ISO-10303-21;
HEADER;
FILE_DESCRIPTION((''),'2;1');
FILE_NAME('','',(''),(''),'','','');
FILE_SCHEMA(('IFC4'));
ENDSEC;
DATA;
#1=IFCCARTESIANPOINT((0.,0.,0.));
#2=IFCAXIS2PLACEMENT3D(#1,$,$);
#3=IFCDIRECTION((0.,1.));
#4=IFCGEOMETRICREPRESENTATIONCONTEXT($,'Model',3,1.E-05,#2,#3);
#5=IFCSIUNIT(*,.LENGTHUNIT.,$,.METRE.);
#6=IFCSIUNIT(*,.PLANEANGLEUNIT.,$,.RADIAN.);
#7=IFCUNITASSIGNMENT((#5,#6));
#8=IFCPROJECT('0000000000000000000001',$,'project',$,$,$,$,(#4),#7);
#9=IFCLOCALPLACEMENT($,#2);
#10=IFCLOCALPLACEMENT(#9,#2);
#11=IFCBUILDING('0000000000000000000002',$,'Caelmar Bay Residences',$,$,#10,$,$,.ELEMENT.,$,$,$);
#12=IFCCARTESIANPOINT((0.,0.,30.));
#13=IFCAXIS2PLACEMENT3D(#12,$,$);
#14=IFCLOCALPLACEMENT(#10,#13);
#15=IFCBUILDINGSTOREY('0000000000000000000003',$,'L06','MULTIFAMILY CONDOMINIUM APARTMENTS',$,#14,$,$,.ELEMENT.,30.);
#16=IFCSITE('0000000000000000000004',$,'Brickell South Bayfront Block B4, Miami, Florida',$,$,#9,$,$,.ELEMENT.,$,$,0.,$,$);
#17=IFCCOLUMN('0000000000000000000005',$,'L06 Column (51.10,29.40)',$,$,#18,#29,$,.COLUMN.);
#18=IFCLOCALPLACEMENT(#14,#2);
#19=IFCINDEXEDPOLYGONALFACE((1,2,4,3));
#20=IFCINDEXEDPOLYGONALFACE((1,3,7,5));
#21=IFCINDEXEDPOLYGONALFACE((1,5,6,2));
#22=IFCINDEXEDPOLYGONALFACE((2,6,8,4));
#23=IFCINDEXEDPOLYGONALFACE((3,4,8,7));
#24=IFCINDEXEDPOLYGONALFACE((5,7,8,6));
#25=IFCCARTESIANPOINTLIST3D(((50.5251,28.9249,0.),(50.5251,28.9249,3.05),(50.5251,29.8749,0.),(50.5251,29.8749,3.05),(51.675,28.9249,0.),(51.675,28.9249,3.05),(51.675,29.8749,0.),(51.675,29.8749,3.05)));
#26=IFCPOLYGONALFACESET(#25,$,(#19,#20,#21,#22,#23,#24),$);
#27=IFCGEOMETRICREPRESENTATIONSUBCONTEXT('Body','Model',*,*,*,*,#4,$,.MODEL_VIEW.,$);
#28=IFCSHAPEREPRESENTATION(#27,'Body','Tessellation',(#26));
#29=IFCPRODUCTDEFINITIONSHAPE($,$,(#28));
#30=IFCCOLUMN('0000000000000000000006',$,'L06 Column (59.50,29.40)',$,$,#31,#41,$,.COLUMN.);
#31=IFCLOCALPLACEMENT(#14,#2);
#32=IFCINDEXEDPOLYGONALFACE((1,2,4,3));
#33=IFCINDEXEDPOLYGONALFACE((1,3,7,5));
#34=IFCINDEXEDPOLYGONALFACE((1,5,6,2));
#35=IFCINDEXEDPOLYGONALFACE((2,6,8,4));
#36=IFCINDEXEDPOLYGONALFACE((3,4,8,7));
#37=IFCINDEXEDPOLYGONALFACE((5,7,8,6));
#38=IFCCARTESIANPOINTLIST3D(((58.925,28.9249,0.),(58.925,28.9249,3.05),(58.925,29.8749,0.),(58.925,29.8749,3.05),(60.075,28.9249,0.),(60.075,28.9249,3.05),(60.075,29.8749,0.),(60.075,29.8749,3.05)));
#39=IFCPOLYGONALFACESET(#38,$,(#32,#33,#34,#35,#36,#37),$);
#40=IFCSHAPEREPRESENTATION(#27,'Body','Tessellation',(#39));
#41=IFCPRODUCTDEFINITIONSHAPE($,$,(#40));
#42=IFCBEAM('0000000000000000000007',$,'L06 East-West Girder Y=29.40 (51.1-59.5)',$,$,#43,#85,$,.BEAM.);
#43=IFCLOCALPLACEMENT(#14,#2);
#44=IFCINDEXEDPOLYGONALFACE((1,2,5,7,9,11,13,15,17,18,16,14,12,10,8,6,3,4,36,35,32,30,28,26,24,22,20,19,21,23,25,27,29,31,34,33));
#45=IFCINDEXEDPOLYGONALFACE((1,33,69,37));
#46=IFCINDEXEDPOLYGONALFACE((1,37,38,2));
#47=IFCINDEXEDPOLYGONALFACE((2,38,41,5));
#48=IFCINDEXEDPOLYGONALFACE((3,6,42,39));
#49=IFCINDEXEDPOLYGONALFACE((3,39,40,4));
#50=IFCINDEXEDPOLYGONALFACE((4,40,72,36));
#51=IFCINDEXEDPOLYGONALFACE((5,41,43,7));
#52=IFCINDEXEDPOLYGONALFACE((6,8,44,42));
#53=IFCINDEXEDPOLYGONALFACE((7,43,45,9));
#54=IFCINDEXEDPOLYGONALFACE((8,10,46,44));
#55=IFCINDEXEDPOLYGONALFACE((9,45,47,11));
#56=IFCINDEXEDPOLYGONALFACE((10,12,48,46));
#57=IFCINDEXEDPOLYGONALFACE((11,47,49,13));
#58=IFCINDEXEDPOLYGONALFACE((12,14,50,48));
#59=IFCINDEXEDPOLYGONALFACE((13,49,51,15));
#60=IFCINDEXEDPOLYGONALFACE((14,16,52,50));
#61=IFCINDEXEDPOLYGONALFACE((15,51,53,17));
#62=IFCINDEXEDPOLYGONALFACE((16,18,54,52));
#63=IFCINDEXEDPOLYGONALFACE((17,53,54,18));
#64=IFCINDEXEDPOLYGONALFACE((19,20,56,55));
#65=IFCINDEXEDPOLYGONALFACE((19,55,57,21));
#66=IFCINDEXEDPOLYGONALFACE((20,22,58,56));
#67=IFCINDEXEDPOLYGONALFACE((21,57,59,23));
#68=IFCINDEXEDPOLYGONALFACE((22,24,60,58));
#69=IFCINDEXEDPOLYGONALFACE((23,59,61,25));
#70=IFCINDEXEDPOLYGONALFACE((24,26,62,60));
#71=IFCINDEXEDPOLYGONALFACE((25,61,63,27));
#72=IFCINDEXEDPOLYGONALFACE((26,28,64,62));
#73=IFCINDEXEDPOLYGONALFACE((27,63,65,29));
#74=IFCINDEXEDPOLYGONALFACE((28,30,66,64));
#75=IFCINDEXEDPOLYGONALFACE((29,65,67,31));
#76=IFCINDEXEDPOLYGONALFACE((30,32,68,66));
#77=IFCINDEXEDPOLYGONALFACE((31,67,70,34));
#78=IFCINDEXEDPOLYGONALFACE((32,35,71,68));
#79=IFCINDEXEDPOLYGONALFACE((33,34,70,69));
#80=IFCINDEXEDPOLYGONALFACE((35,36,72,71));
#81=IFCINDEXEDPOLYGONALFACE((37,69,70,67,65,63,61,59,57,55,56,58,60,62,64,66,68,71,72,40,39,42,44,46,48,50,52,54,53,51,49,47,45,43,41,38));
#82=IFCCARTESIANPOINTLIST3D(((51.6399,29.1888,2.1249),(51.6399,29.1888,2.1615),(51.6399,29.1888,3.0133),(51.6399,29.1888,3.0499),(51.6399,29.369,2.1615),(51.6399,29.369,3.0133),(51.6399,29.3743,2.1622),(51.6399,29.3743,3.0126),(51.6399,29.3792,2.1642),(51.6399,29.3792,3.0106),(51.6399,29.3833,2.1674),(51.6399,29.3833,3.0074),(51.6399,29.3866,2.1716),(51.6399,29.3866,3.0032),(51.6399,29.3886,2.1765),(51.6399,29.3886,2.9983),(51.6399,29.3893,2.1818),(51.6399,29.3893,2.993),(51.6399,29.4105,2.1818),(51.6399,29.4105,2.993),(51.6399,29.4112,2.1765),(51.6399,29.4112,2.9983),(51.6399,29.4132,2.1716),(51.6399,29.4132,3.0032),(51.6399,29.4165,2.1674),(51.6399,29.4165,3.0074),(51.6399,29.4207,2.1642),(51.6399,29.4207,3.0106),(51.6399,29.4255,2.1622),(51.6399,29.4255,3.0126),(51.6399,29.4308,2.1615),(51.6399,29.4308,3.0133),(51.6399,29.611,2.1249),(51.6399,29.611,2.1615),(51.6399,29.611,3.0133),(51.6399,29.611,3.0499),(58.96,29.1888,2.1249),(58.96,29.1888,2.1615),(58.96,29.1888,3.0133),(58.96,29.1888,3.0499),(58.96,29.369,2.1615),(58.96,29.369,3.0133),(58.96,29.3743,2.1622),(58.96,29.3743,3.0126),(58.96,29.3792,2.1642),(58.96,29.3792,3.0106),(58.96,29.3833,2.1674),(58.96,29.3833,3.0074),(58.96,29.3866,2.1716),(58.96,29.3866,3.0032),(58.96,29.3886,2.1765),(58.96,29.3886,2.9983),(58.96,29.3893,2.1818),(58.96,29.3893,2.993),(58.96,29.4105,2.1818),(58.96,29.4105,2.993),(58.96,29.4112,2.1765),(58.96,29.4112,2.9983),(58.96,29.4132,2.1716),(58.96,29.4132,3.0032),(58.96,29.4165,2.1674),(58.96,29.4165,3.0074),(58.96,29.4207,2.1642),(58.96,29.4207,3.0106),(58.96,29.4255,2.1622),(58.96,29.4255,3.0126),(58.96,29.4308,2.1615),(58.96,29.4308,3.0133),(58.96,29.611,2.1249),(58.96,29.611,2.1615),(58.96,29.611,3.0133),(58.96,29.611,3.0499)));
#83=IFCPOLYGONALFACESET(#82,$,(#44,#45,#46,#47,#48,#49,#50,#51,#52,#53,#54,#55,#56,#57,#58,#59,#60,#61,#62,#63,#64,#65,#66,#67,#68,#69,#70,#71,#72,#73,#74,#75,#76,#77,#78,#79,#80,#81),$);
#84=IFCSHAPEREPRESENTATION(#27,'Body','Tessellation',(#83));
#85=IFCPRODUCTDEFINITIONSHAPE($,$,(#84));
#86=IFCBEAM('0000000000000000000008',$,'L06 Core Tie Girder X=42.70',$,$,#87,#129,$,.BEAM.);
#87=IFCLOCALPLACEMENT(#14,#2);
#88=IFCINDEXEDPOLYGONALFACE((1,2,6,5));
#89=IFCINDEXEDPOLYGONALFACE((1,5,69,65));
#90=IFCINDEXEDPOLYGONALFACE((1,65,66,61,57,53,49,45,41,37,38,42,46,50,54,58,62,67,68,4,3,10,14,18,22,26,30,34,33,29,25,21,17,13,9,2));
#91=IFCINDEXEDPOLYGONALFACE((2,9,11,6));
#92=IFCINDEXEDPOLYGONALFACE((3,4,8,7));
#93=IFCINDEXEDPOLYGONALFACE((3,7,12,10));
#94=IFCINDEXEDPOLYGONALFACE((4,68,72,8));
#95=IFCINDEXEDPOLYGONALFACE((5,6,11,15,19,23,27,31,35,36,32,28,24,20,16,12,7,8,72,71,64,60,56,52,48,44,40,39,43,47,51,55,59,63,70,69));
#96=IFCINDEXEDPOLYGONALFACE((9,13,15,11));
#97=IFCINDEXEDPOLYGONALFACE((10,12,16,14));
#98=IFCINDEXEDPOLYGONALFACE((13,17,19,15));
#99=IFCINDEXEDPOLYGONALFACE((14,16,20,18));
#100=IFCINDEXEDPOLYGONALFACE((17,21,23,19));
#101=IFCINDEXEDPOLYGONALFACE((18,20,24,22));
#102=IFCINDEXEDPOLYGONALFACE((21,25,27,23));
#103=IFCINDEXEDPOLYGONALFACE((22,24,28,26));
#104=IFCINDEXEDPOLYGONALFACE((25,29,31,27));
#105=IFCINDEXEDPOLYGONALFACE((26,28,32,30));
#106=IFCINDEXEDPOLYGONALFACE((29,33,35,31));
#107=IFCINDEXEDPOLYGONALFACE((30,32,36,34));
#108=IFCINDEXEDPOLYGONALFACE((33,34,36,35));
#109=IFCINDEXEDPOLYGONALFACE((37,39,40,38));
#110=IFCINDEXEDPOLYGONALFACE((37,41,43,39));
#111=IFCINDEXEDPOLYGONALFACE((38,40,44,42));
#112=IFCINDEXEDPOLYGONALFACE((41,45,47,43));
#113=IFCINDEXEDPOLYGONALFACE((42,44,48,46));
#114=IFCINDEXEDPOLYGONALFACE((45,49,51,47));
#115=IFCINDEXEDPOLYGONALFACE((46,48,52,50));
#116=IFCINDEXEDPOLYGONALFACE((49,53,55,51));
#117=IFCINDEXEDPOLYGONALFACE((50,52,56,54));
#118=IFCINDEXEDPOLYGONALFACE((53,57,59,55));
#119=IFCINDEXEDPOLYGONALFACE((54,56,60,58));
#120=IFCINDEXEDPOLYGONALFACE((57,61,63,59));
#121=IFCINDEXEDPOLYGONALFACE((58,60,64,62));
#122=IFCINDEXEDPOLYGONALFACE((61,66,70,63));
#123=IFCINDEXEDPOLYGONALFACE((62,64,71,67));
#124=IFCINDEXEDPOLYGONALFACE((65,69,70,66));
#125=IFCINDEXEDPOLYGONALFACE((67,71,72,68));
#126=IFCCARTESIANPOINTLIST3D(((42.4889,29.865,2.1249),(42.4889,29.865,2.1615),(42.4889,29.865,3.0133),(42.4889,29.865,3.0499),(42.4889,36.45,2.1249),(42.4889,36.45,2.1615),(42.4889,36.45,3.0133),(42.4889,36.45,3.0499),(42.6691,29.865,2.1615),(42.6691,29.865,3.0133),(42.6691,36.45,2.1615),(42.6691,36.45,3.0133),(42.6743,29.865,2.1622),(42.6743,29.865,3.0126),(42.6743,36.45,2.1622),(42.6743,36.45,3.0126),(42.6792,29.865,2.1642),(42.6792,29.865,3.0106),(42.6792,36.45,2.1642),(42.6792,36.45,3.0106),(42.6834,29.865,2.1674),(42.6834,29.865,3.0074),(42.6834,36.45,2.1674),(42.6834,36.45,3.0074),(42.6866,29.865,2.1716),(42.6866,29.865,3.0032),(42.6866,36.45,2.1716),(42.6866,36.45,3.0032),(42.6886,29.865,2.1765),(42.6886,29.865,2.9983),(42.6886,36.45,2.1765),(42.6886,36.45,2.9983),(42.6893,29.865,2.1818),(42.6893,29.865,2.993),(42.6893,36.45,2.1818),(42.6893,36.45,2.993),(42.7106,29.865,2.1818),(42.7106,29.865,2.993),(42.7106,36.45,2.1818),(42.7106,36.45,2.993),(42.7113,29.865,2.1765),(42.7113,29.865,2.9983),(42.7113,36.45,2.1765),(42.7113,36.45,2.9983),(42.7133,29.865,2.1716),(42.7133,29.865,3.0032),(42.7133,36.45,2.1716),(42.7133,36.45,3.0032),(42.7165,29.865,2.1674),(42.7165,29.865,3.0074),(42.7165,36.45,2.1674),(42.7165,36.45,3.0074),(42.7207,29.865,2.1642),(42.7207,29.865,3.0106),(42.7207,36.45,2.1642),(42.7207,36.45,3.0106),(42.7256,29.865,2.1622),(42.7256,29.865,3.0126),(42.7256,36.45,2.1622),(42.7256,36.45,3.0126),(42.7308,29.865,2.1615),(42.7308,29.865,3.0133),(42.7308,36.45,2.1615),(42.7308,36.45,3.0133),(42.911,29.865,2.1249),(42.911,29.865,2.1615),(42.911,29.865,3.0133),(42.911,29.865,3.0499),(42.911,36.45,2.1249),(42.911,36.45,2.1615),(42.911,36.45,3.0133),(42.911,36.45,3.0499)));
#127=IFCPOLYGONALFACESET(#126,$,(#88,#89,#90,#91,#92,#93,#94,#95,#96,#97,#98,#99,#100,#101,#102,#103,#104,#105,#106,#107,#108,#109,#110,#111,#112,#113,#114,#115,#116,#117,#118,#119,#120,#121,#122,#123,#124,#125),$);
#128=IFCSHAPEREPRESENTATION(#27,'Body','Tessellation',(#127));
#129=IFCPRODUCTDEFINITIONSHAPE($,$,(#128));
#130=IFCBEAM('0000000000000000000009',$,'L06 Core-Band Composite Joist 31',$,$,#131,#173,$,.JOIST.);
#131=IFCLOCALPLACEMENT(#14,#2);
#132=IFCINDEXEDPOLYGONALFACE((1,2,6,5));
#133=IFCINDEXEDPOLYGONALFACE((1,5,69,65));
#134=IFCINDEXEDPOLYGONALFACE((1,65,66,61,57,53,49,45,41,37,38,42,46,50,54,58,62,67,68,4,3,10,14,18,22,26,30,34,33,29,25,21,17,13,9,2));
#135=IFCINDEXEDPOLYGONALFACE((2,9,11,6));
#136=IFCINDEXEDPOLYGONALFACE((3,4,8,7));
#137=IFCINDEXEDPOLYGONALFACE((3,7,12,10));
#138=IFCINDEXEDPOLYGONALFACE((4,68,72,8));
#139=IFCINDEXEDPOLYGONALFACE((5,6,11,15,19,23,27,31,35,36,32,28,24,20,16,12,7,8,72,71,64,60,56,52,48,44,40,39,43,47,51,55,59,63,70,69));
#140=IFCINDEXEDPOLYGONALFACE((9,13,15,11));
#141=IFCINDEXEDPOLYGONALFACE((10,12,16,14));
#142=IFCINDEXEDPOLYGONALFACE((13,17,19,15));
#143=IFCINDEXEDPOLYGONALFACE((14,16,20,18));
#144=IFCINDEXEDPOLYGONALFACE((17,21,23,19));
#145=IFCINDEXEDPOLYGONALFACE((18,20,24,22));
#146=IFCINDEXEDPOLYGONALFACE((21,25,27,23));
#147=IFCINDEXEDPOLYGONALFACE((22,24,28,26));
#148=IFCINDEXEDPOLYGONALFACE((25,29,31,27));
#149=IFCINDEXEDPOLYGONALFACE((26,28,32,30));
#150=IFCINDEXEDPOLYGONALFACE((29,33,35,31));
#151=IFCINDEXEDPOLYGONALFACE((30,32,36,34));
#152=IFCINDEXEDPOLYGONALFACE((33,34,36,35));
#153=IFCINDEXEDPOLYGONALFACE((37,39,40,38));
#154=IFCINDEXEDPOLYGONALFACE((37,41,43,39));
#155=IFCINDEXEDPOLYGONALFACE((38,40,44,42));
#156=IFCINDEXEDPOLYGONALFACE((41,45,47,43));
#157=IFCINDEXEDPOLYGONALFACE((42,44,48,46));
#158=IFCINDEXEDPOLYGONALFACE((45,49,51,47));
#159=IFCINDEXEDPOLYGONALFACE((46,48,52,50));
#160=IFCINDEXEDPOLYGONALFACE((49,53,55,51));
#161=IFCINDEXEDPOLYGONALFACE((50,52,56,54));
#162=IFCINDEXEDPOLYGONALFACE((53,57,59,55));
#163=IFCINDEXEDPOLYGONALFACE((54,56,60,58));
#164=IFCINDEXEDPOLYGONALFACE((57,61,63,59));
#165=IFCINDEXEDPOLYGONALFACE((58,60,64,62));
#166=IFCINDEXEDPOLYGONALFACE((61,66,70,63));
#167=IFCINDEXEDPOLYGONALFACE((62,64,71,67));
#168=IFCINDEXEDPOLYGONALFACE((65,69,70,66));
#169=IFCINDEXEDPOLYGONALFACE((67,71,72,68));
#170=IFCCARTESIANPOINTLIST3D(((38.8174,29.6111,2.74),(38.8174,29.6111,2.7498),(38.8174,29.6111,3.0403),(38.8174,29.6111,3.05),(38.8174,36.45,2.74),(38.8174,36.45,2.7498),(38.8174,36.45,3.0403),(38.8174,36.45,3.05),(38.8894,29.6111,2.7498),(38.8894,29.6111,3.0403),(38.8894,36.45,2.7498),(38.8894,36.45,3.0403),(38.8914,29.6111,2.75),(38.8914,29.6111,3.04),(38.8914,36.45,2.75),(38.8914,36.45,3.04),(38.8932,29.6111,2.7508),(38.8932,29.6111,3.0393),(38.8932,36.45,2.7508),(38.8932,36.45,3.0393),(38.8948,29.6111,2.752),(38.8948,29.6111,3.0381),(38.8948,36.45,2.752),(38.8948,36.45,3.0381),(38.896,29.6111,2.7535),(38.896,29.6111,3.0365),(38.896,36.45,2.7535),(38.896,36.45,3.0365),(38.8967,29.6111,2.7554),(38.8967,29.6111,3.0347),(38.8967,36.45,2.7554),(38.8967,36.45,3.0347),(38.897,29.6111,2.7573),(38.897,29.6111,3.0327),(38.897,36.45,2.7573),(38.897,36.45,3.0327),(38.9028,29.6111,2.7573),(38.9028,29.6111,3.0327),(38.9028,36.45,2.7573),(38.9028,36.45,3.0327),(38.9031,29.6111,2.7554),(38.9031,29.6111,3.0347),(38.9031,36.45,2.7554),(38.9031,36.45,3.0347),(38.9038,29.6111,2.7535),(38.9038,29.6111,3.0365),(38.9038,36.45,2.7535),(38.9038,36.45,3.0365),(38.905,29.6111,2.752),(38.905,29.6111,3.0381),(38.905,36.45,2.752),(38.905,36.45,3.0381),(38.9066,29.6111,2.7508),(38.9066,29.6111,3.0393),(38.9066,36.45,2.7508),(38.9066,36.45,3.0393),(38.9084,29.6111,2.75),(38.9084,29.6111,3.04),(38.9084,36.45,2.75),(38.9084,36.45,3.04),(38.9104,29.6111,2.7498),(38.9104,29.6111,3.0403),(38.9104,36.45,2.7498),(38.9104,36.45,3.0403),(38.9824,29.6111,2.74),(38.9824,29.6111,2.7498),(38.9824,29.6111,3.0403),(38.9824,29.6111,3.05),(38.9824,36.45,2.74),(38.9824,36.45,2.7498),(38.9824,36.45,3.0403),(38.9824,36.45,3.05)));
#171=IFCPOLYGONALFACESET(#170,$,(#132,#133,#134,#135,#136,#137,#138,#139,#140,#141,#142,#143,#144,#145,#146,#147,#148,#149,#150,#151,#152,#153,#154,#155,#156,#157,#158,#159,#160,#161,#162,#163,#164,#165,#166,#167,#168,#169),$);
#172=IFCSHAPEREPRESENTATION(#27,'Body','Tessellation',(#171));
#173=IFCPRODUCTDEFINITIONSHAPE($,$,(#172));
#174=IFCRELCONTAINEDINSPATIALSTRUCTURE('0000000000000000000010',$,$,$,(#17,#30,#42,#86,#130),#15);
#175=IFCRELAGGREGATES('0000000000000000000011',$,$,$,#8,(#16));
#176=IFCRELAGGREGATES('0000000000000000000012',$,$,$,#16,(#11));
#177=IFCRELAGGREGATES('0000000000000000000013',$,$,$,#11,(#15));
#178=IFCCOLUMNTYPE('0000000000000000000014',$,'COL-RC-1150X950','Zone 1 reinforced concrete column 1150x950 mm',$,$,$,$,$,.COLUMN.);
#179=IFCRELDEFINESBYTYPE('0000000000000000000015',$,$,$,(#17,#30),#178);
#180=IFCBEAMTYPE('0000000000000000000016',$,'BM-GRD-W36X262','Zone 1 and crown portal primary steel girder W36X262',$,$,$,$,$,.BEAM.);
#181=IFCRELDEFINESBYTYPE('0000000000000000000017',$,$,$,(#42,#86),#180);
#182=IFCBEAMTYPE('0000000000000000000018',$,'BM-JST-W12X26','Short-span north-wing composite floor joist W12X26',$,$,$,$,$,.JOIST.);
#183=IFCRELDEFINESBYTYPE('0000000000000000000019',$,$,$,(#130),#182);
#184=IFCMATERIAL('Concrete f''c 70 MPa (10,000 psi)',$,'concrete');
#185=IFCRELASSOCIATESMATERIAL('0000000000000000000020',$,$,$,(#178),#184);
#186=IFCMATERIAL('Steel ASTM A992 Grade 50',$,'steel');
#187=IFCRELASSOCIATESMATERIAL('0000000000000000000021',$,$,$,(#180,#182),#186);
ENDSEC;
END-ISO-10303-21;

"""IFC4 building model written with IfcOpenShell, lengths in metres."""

from ifc_helpers import new_model, si_unit, direction, frame, origin, origin_2d, place, context, subcontext, project, spatial, rectangle, i_section, extrude, material, material_profile, profile_set, type_object, element, save


model = new_model("IFC4")

# Units and contexts
model_context = context("Model", 3, precision=1e-05, world=origin(), true_north=direction((0.0, 1.0)))
body_context = subcontext(model_context, "Body", "Model", "MODEL_VIEW")
ifc_project = project(units=[si_unit("LENGTHUNIT", "METRE"), si_unit("PLANEANGLEUNIT", "RADIAN")], contexts=[model_context])

# Site, building, storey
site_placement = place(None, origin())
site = spatial("IfcSite", under=ifc_project, at=site_placement, Name="Brickell South Bayfront Block B4, Miami, Florida", CompositionType="ELEMENT", RefElevation=0.0)
building_placement = place(site_placement, origin())
building = spatial("IfcBuilding", under=site, at=building_placement, Name="Caelmar Bay Residences", CompositionType="ELEMENT")
storey_placement = place(building_placement, frame((0.0, 0.0, 30.0)))
storey = spatial("IfcBuildingStorey", under=building, at=storey_placement, Name="L06", Description="MULTIFAMILY CONDOMINIUM APARTMENTS", CompositionType="ELEMENT", Elevation=30.0)

# Columns
ifc_material_1 = material(Name="Concrete f'c 70 MPa (10,000 psi)", Category="concrete")
ifc_material_profile_1 = material_profile(ifc_material_1, rectangle(XDim=1.1499, YDim=0.95, at=origin_2d()), Name="RC-COL-1150X950")
ifc_profile_set_1 = profile_set([ifc_material_profile_1], Name="Concrete f'c 70 MPa (10,000 psi)")
column_type = type_object("IfcColumnType", Name="COL-RC-1150X950", Description="Zone 1 reinforced concrete column 1150x950 mm", PredefinedType="COLUMN", material=ifc_profile_set_1)
for number, where, z_axis, x_axis, name in (
    (1, (51.1001, 29.3999, 0.0), (0.0, 0.0, 1.0), (1.0, 0.0, 0.0), "L06 Column (51.10,29.40)"),
    (2, (59.5, 29.3999, 0.0), (0.0, 0.0, 1.0), (1.0, 0.0, 0.0), "L06 Column (59.50,29.40)"),
):
    element("IfcColumn", number, at=place(storey_placement, frame(where, z_axis=z_axis, x_axis=x_axis)), inside=storey, type_object=column_type, Name=name, PredefinedType="COLUMN", context=body_context, shape_type="SweptSolid", body=[
        extrude(rectangle(XDim=1.1499, YDim=0.95, at=origin_2d()), origin(), (0.0, 0.0, 1.0), 3.05),
    ])

# Beams
ifc_material_2 = material(Name="Steel ASTM A992 Grade 50", Category="steel")
ifc_material_profile_2 = material_profile(ifc_material_2, i_section(OverallWidth=0.4221, OverallDepth=0.925, WebThickness=0.0212, FlangeThickness=0.0366, FilletRadius=0.0203, at=origin_2d()), Name="W36X262")
ifc_profile_set_2 = profile_set([ifc_material_profile_2], Name="Steel ASTM A992 Grade 50")
beam_type_1 = type_object("IfcBeamType", Name="BM-GRD-W36X262", Description="Zone 1 and crown portal primary steel girder W36X262", PredefinedType="BEAM", material=ifc_profile_set_2)
beam_1_placement = place(storey_placement, frame((51.6399, 29.3999, 2.5874), z_axis=(1.0, 0.0, 0.0), x_axis=(0.0, 1.0, 0.0)))
element("IfcBeam", 3, at=beam_1_placement, inside=storey, type_object=beam_type_1, Name="L06 East-West Girder Y=29.40 (51.1-59.5)", PredefinedType="BEAM", context=body_context, shape_type="SweptSolid", body=[
    extrude(i_section(OverallWidth=0.4221, OverallDepth=0.925, WebThickness=0.0212, FlangeThickness=0.0366, FilletRadius=0.0203, at=origin_2d()), origin(), (0.0, 0.0, 1.0), 7.3201),
])
beam_2_placement = place(storey_placement, frame((42.7, 29.865, 2.5874), z_axis=(0.0, 1.0, 0.0), x_axis=(-1.0, 0.0, 0.0)))
element("IfcBeam", 4, at=beam_2_placement, inside=storey, type_object=beam_type_1, Name="L06 Core Tie Girder X=42.70", PredefinedType="BEAM", context=body_context, shape_type="SweptSolid", body=[
    extrude(i_section(OverallWidth=0.4221, OverallDepth=0.925, WebThickness=0.0212, FlangeThickness=0.0366, FilletRadius=0.0203, at=origin_2d()), origin(), (0.0, 0.0, 1.0), 6.585),
])
ifc_material_profile_3 = material_profile(ifc_material_2, i_section(OverallWidth=0.165, OverallDepth=0.3101, WebThickness=0.0059, FlangeThickness=0.0098, FilletRadius=0.0076, at=origin_2d()), Name="W12X26")
ifc_profile_set_3 = profile_set([ifc_material_profile_3], Name="Steel ASTM A992 Grade 50")
beam_type_2 = type_object("IfcBeamType", Name="BM-JST-W12X26", Description="Short-span north-wing composite floor joist W12X26", PredefinedType="JOIST", material=ifc_profile_set_3)
for number, where, z_axis, x_axis, name in (
    (5, (38.8999, 29.6111, 2.895), (0.0, 1.0, 0.0), (-1.0, 0.0, 0.0), "L06 Core-Band Composite Joist 31"),
):
    element("IfcBeam", number, at=place(storey_placement, frame(where, z_axis=z_axis, x_axis=x_axis)), inside=storey, type_object=beam_type_2, Name=name, PredefinedType="JOIST", context=body_context, shape_type="SweptSolid", body=[
        extrude(i_section(OverallWidth=0.165, OverallDepth=0.3101, WebThickness=0.0059, FlangeThickness=0.0098, FilletRadius=0.0076, at=origin_2d()), origin(), (0.0, 0.0, 1.0), 6.8389),
    ])

save(model, "model.ifc")
